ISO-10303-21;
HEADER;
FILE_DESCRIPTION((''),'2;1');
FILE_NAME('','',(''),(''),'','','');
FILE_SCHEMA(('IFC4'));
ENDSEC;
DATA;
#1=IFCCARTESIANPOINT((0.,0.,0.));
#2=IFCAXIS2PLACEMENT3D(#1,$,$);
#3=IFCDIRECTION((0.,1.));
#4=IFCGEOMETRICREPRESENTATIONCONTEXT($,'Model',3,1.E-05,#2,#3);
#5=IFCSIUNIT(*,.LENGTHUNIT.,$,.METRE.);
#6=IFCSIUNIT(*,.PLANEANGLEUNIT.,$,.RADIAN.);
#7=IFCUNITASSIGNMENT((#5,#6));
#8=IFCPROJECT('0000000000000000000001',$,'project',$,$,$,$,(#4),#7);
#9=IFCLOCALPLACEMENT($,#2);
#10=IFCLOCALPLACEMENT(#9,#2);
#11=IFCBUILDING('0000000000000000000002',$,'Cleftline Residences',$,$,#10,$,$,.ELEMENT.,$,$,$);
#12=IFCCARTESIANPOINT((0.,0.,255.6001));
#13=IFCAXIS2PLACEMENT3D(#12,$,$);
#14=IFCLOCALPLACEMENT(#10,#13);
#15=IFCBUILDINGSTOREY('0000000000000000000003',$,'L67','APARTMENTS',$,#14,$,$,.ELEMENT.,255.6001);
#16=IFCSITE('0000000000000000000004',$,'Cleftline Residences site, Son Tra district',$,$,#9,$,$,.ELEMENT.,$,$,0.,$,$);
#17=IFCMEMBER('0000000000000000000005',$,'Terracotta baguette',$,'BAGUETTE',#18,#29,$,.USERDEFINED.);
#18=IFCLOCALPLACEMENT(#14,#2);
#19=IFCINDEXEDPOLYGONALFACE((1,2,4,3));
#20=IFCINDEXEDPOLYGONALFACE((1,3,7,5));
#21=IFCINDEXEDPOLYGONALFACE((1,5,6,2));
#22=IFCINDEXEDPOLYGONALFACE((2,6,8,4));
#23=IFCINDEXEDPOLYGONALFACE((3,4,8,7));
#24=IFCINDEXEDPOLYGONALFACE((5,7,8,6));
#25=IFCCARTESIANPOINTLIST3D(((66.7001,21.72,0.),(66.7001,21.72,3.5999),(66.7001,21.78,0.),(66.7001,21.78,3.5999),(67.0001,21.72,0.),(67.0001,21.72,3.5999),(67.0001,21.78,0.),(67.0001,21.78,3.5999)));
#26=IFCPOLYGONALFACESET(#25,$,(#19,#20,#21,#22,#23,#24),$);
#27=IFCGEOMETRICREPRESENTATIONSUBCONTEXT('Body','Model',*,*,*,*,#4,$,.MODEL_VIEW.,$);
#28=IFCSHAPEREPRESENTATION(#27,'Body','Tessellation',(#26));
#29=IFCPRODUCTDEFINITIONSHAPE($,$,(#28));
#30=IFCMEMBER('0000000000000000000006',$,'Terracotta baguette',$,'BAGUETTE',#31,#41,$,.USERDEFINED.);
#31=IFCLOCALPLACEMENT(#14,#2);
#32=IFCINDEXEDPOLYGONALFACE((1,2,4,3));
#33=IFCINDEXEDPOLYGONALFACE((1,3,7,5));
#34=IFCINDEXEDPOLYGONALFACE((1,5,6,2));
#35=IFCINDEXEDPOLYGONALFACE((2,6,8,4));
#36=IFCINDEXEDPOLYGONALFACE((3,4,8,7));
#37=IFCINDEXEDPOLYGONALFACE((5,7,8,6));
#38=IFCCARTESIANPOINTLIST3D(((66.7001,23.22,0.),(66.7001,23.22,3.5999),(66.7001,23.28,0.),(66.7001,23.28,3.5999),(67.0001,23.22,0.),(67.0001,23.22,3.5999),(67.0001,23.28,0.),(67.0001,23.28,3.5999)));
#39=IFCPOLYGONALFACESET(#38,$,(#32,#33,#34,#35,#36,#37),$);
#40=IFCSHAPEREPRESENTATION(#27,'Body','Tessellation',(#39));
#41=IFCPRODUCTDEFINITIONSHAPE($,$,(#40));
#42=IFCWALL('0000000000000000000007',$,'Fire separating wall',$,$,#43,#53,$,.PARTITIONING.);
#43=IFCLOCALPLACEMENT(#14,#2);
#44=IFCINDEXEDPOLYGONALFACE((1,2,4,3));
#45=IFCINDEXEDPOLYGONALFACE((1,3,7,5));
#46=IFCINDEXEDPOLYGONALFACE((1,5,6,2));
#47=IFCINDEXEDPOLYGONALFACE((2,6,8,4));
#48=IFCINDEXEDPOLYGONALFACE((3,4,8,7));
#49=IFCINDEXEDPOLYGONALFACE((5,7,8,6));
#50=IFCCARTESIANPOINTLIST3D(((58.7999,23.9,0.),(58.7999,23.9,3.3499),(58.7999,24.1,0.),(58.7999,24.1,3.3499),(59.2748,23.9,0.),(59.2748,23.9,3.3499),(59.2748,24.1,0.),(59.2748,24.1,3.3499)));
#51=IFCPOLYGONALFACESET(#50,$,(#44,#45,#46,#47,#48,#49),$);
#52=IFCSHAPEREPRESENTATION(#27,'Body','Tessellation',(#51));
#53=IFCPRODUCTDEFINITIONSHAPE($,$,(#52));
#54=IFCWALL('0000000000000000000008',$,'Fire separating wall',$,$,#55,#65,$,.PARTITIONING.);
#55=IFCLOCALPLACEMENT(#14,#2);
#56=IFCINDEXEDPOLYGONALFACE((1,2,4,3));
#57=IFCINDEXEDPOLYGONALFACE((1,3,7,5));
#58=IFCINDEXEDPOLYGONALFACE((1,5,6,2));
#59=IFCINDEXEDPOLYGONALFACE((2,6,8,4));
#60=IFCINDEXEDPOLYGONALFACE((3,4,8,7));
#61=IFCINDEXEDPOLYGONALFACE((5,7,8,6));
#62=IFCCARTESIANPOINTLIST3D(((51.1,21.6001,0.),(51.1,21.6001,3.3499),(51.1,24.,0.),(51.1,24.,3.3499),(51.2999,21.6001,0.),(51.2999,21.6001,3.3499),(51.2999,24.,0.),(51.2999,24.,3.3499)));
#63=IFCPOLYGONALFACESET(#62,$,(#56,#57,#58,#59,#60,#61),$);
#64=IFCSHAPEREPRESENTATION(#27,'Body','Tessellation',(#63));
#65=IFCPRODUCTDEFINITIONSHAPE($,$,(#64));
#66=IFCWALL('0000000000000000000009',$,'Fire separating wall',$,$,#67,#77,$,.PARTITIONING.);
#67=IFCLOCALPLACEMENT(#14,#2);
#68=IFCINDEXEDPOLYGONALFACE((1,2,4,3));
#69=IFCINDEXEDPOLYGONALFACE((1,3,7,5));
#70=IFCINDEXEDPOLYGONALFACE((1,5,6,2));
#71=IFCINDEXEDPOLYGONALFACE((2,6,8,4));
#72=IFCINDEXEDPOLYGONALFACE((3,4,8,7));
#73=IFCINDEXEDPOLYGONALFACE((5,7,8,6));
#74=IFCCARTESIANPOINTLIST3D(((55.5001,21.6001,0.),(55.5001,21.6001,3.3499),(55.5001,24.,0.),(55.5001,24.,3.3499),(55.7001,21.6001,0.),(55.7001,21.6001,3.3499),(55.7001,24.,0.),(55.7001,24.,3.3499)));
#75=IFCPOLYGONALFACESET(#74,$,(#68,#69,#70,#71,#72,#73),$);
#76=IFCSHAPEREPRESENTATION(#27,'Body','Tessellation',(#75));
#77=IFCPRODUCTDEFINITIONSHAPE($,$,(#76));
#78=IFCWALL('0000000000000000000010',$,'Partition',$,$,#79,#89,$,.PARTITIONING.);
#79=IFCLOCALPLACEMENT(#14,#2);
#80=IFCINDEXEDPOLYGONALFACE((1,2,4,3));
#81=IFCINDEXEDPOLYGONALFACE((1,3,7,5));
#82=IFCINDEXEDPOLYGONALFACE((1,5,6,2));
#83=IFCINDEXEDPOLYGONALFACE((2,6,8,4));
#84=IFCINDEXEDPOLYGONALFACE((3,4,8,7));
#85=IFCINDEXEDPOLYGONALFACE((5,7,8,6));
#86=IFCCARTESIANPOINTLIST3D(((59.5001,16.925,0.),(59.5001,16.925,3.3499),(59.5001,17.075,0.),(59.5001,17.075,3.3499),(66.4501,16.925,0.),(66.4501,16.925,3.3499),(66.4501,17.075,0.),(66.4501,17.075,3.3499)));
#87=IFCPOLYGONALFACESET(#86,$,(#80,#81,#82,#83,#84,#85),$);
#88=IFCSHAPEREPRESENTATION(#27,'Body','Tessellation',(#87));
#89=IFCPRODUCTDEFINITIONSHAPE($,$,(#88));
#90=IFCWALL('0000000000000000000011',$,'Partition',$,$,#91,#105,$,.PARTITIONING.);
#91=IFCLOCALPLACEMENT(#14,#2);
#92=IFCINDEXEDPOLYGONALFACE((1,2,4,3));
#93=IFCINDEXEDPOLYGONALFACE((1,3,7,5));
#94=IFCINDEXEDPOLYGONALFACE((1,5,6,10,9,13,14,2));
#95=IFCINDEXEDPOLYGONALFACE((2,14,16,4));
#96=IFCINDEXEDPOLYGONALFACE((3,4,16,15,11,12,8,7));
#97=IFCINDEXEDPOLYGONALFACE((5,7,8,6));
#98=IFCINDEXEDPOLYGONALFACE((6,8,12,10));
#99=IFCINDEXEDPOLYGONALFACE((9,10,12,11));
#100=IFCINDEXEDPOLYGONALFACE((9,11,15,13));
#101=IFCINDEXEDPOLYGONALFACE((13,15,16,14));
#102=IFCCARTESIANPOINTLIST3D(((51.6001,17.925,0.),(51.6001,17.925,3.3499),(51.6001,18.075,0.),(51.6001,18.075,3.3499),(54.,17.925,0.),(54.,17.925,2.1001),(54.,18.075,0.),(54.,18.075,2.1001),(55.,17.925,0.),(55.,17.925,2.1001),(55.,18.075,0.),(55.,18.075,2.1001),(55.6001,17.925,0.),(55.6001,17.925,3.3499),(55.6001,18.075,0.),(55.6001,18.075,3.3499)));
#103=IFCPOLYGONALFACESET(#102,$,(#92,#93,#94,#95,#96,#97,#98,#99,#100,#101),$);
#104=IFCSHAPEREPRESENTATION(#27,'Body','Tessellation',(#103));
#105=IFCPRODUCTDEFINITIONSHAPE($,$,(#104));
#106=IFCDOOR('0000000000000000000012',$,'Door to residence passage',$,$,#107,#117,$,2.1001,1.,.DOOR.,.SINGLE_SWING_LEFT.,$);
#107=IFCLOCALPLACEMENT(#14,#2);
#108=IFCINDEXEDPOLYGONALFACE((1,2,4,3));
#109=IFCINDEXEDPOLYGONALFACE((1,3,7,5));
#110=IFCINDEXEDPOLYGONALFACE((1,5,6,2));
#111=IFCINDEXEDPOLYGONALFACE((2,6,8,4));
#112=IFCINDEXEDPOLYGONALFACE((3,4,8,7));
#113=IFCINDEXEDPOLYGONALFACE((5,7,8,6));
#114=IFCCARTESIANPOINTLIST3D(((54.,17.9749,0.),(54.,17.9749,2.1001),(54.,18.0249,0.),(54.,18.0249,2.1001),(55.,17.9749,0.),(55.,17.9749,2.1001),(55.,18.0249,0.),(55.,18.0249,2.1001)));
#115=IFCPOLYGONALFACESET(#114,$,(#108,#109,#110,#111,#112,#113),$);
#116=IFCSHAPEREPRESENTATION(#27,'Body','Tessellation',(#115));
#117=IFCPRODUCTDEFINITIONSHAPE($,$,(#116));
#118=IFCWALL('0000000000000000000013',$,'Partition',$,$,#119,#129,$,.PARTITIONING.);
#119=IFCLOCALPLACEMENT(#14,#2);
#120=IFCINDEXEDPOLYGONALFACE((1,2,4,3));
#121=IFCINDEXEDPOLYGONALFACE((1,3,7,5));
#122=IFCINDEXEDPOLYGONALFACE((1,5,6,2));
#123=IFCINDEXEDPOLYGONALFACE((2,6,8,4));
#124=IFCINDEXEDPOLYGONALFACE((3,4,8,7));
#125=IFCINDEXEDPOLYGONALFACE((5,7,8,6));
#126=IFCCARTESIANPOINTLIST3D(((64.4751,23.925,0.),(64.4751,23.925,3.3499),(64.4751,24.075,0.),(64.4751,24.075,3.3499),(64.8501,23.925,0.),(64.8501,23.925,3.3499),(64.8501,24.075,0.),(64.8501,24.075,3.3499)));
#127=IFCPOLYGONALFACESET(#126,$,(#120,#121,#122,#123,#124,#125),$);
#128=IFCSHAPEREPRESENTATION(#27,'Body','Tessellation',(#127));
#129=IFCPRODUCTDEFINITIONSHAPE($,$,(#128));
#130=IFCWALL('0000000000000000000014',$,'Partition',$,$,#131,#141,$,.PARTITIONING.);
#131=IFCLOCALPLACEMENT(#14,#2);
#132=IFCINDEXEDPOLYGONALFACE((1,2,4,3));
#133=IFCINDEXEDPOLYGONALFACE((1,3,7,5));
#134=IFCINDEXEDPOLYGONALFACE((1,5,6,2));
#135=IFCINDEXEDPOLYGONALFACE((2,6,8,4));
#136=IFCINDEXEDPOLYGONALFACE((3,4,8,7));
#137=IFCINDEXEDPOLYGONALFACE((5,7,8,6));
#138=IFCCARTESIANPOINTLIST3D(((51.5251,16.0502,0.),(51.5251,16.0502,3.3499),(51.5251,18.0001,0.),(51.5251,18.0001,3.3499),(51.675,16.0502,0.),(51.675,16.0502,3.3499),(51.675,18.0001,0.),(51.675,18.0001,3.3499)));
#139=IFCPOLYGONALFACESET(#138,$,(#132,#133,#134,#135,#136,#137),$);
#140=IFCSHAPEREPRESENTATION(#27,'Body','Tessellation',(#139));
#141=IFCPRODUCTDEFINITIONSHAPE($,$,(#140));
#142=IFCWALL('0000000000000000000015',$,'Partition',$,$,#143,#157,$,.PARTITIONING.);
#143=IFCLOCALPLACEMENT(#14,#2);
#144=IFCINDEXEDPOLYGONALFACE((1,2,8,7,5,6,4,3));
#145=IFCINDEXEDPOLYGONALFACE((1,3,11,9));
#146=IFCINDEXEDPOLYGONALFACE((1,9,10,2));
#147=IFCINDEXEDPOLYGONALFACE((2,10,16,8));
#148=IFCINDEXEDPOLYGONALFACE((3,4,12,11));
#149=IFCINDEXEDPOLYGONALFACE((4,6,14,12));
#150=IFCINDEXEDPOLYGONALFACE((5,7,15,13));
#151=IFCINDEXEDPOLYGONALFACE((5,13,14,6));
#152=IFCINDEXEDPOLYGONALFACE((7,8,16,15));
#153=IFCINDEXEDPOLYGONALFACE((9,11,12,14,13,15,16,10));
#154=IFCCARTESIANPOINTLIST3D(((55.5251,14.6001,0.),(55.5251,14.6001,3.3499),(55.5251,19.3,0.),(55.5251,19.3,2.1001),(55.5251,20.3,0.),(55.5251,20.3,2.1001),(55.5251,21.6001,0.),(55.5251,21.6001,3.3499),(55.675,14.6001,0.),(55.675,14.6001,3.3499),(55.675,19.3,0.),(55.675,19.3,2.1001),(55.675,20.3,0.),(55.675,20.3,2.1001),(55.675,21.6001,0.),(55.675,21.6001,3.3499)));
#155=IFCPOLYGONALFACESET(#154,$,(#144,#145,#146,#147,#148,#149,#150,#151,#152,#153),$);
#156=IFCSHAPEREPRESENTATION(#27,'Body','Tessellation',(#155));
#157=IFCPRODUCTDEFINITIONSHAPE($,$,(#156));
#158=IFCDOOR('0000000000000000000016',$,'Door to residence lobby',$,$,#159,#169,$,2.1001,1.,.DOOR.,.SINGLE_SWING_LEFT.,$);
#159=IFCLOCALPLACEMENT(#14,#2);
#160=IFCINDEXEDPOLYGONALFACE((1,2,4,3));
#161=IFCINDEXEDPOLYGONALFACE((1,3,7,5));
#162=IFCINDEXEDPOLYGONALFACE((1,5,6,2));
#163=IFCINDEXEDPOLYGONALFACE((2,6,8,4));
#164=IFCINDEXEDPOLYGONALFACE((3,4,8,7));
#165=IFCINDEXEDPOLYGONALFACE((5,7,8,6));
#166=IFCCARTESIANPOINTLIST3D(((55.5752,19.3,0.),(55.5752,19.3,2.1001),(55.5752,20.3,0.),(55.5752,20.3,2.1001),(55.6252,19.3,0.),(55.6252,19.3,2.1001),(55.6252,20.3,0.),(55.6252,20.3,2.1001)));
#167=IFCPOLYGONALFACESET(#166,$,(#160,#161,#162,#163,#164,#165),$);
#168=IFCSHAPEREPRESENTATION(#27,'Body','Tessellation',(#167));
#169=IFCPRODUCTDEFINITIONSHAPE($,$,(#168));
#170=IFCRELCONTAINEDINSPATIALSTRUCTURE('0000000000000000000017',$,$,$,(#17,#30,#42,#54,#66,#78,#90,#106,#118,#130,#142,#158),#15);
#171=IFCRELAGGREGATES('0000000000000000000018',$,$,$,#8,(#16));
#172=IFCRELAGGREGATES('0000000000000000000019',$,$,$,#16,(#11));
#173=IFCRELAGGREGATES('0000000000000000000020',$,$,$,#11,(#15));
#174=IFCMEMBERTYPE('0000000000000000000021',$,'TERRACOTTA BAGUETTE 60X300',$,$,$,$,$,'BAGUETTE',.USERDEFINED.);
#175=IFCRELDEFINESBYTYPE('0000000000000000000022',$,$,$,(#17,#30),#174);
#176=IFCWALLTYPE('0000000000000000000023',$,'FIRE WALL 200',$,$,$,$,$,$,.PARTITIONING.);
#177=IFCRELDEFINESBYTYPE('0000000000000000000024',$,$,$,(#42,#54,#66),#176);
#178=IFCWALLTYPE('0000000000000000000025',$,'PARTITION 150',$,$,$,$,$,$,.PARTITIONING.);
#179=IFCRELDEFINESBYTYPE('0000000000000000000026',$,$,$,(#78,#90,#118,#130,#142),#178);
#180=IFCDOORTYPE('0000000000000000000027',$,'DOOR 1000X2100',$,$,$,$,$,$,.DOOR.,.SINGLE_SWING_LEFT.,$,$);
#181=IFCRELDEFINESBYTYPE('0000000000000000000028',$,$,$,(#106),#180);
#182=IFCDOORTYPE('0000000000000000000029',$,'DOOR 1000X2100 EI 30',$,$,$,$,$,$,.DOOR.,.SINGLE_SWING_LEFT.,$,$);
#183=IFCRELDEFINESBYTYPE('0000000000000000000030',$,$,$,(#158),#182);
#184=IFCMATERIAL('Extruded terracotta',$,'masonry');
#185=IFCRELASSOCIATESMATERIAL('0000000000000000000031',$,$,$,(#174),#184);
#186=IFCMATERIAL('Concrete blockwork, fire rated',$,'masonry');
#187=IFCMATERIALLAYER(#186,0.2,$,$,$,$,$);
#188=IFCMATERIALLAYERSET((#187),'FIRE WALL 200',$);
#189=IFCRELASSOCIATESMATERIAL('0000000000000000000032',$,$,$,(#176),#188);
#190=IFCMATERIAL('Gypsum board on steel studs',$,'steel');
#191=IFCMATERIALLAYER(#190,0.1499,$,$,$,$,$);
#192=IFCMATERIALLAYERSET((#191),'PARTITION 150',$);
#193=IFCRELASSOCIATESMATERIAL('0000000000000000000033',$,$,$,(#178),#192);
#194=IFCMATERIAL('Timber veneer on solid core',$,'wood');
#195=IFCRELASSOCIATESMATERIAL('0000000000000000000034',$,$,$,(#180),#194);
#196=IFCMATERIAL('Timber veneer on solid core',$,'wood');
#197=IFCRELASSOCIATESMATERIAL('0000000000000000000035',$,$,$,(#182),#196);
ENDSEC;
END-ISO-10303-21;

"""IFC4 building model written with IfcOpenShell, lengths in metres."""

from ifc_helpers import new_model, si_unit, direction, frame, frame_2d, origin, origin_2d, place, context, subcontext, project, spatial, rectangle, extrude, material, layer, layer_set, material_profile, profile_set, type_object, element, fill, save


model = new_model("IFC4")

# Units and contexts
model_context = context("Model", 3, precision=1e-05, world=origin(), true_north=direction((0.0, 1.0)))
body_context = subcontext(model_context, "Body", "Model", "MODEL_VIEW")
ifc_project = project(units=[si_unit("LENGTHUNIT", "METRE"), si_unit("PLANEANGLEUNIT", "RADIAN")], contexts=[model_context])

# Site, building, storey
site_placement = place(None, origin())
site = spatial("IfcSite", under=ifc_project, at=site_placement, Name="Cleftline Residences site, Son Tra district", CompositionType="ELEMENT", RefElevation=0.0)
building_placement = place(site_placement, origin())
building = spatial("IfcBuilding", under=site, at=building_placement, Name="Cleftline Residences", CompositionType="ELEMENT")
storey_placement = place(building_placement, frame((0.0, 0.0, 255.6001)))
storey = spatial("IfcBuildingStorey", under=building, at=storey_placement, Name="L67", Description="APARTMENTS", CompositionType="ELEMENT", Elevation=255.6001)

# Members
ifc_material_1 = material(Name="Extruded terracotta", Category="masonry")
ifc_material_profile_1 = material_profile(ifc_material_1, rectangle(XDim=0.0601, YDim=0.3, at=origin_2d()))
ifc_profile_set_1 = profile_set([ifc_material_profile_1], Name="Extruded terracotta")
member_type_1 = type_object("IfcMemberType", Name="TERRACOTTA BAGUETTE 60X300", ElementType="BAGUETTE", PredefinedType="USERDEFINED", material=ifc_profile_set_1)
for number, where, z_axis, x_axis, name in (
    (1, (66.8501, 21.75, 0.0), (0.0, 0.0, 1.0), (0.0, 1.0, 0.0), "Terracotta baguette"),
    (2, (66.8501, 23.25, 0.0), (0.0, 0.0, 1.0), (0.0, 1.0, 0.0), "Terracotta baguette"),
):
    element("IfcMember", number, at=place(storey_placement, frame(where, z_axis=z_axis, x_axis=x_axis)), inside=storey, type_object=member_type_1, Name=name, ObjectType="BAGUETTE", PredefinedType="USERDEFINED", context=body_context, shape_type="SweptSolid", body=[
        extrude(rectangle(XDim=0.0601, YDim=0.3, at=origin_2d()), origin(), (0.0, 0.0, 1.0), 3.5999),
    ])

# Walls
ifc_material_2 = material(Name="Concrete blockwork, fire rated", Category="masonry")
ifc_layer_1 = layer(ifc_material_2, 0.2)
ifc_layer_set_1 = layer_set([ifc_layer_1], Name="FIRE WALL 200")
wall_type_1 = type_object("IfcWallType", Name="FIRE WALL 200", PredefinedType="PARTITIONING", material=ifc_layer_set_1)
wall_1_placement = place(storey_placement, frame((58.8, 24.0, 0.0), z_axis=(0.0, 0.0, 1.0), x_axis=(1.0, 0.0, 0.0)))
element("IfcWall", 3, at=wall_1_placement, inside=storey, type_object=wall_type_1, Name="Fire separating wall", PredefinedType="PARTITIONING", context=body_context, shape_type="SweptSolid", body=[
    extrude(rectangle(XDim=0.4749, YDim=0.2, at=frame_2d((0.2373, 0.0))), origin(), (0.0, 0.0, 1.0), 3.3499),
])
for number, where, z_axis, x_axis, name in (
    (4, (51.2, 21.6001, 0.0), (0.0, 0.0, 1.0), (0.0, 1.0, 0.0), "Fire separating wall"),
    (5, (55.6001, 21.6001, 0.0), (0.0, 0.0, 1.0), (0.0, 1.0, 0.0), "Fire separating wall"),
):
    element("IfcWall", number, at=place(storey_placement, frame(where, z_axis=z_axis, x_axis=x_axis)), inside=storey, type_object=wall_type_1, Name=name, PredefinedType="PARTITIONING", context=body_context, shape_type="SweptSolid", body=[
        extrude(rectangle(XDim=2.3999, YDim=0.2, at=frame_2d((1.2, 0.0))), origin(), (0.0, 0.0, 1.0), 3.3499),
    ])
ifc_material_3 = material(Name="Gypsum board on steel studs", Category="steel")
ifc_layer_2 = layer(ifc_material_3, 0.1499)
ifc_layer_set_2 = layer_set([ifc_layer_2], Name="PARTITION 150")
wall_type_2 = type_object("IfcWallType", Name="PARTITION 150", PredefinedType="PARTITIONING", material=ifc_layer_set_2)
wall_2_placement = place(storey_placement, frame((59.5, 17.0, 0.0), z_axis=(0.0, 0.0, 1.0), x_axis=(1.0, 0.0, 0.0)))
element("IfcWall", 6, at=wall_2_placement, inside=storey, type_object=wall_type_2, Name="Partition", PredefinedType="PARTITIONING", context=body_context, shape_type="SweptSolid", body=[
    extrude(rectangle(XDim=6.95, YDim=0.1499, at=frame_2d((3.4751, 0.0))), origin(), (0.0, 0.0, 1.0), 3.3499),
])

# Wall, opening, door
wall_3_placement = place(storey_placement, frame((51.6001, 18.0, 0.0), z_axis=(0.0, 0.0, 1.0), x_axis=(1.0, 0.0, 0.0)))
wall_3 = element("IfcWall", 7, at=wall_3_placement, inside=storey, type_object=wall_type_2, Name="Partition", PredefinedType="PARTITIONING", context=body_context, shape_type="SweptSolid", body=[
    extrude(rectangle(XDim=4.0, YDim=0.1499, at=frame_2d((2.0, 0.0))), origin(), (0.0, 0.0, 1.0), 3.3499),
])
opening_1_placement = place(wall_3_placement, frame((2.3999, 0.0, 0.0)))
opening_1 = element("IfcOpeningElement", 8, at=opening_1_placement, cuts=wall_3, PredefinedType="OPENING", context=body_context, shape_type="SweptSolid", body=[
    extrude(rectangle(XDim=1.0, YDim=2.1001, at=frame_2d((0.5, 1.05))), frame((0.0, 0.085, 0.0), z_axis=(0.0, -1.0, 0.0), x_axis=(1.0, 0.0, 0.0)), (0.0, 0.0, 1.0), 0.1699),
])
ifc_material_4 = material(Name="Timber veneer on solid core", Category="wood")
door_type_1 = type_object("IfcDoorType", Name="DOOR 1000X2100", OperationType="SINGLE_SWING_LEFT", PredefinedType="DOOR", material=ifc_material_4)
door_1_placement = place(opening_1_placement, origin())
door_1 = element("IfcDoor", 9, at=door_1_placement, inside=storey, type_object=door_type_1, Name="Door to residence passage", OperationType="SINGLE_SWING_LEFT", OverallHeight=2.1001, OverallWidth=1.0, PredefinedType="DOOR", context=body_context, shape_type="SweptSolid", body=[
    extrude(rectangle(XDim=1.0, YDim=2.1001, at=frame_2d((0.5, 1.05))), frame((0.0, 0.0249, 0.0), z_axis=(0.0, -1.0, 0.0), x_axis=(1.0, 0.0, 0.0)), (0.0, 0.0, 1.0), 0.05),
])
fill(opening_1, door_1)

# Walls
wall_4_placement = place(storey_placement, frame((64.4751, 24.0, 0.0), z_axis=(0.0, 0.0, 1.0), x_axis=(1.0, 0.0, 0.0)))
element("IfcWall", 10, at=wall_4_placement, inside=storey, type_object=wall_type_2, Name="Partition", PredefinedType="PARTITIONING", context=body_context, shape_type="SweptSolid", body=[
    extrude(rectangle(XDim=0.375, YDim=0.1499, at=frame_2d((0.1875, 0.0))), origin(), (0.0, 0.0, 1.0), 3.3499),
])
wall_5_placement = place(storey_placement, frame((51.6001, 16.05, 0.0), z_axis=(0.0, 0.0, 1.0), x_axis=(0.0, 1.0, 0.0)))
element("IfcWall", 11, at=wall_5_placement, inside=storey, type_object=wall_type_2, Name="Partition", PredefinedType="PARTITIONING", context=body_context, shape_type="SweptSolid", body=[
    extrude(rectangle(XDim=1.95, YDim=0.1499, at=frame_2d((0.9751, 0.0))), origin(), (0.0, 0.0, 1.0), 3.3499),
])

# Wall, opening, door
wall_6_placement = place(storey_placement, frame((55.6001, 14.6001, 0.0), z_axis=(0.0, 0.0, 1.0), x_axis=(0.0, 1.0, 0.0)))
wall_6 = element("IfcWall", 12, at=wall_6_placement, inside=storey, type_object=wall_type_2, Name="Partition", PredefinedType="PARTITIONING", context=body_context, shape_type="SweptSolid", body=[
    extrude(rectangle(XDim=7.0, YDim=0.1499, at=frame_2d((3.5, 0.0))), origin(), (0.0, 0.0, 1.0), 3.3499),
])
opening_2_placement = place(wall_6_placement, frame((4.7, 0.0, 0.0)))
opening_2 = element("IfcOpeningElement", 13, at=opening_2_placement, cuts=wall_6, PredefinedType="OPENING", context=body_context, shape_type="SweptSolid", body=[
    extrude(rectangle(XDim=1.0, YDim=2.1001, at=frame_2d((0.5, 1.05))), frame((0.0, 0.085, 0.0), z_axis=(0.0, -1.0, 0.0), x_axis=(1.0, 0.0, 0.0)), (0.0, 0.0, 1.0), 0.1699),
])
ifc_material_5 = material(Name="Timber veneer on solid core", Category="wood")
door_type_2 = type_object("IfcDoorType", Name="DOOR 1000X2100 EI 30", OperationType="SINGLE_SWING_LEFT", PredefinedType="DOOR", material=ifc_material_5)
door_2_placement = place(opening_2_placement, origin())
door_2 = element("IfcDoor", 14, at=door_2_placement, inside=storey, type_object=door_type_2, Name="Door to residence lobby", OperationType="SINGLE_SWING_LEFT", OverallHeight=2.1001, OverallWidth=1.0, PredefinedType="DOOR", context=body_context, shape_type="SweptSolid", body=[
    extrude(rectangle(XDim=1.0, YDim=2.1001, at=frame_2d((0.5, 1.05))), frame((0.0, 0.0249, 0.0), z_axis=(0.0, -1.0, 0.0), x_axis=(1.0, 0.0, 0.0)), (0.0, 0.0, 1.0), 0.05),
])
fill(opening_2, door_2)

save(model, "model.ifc")
